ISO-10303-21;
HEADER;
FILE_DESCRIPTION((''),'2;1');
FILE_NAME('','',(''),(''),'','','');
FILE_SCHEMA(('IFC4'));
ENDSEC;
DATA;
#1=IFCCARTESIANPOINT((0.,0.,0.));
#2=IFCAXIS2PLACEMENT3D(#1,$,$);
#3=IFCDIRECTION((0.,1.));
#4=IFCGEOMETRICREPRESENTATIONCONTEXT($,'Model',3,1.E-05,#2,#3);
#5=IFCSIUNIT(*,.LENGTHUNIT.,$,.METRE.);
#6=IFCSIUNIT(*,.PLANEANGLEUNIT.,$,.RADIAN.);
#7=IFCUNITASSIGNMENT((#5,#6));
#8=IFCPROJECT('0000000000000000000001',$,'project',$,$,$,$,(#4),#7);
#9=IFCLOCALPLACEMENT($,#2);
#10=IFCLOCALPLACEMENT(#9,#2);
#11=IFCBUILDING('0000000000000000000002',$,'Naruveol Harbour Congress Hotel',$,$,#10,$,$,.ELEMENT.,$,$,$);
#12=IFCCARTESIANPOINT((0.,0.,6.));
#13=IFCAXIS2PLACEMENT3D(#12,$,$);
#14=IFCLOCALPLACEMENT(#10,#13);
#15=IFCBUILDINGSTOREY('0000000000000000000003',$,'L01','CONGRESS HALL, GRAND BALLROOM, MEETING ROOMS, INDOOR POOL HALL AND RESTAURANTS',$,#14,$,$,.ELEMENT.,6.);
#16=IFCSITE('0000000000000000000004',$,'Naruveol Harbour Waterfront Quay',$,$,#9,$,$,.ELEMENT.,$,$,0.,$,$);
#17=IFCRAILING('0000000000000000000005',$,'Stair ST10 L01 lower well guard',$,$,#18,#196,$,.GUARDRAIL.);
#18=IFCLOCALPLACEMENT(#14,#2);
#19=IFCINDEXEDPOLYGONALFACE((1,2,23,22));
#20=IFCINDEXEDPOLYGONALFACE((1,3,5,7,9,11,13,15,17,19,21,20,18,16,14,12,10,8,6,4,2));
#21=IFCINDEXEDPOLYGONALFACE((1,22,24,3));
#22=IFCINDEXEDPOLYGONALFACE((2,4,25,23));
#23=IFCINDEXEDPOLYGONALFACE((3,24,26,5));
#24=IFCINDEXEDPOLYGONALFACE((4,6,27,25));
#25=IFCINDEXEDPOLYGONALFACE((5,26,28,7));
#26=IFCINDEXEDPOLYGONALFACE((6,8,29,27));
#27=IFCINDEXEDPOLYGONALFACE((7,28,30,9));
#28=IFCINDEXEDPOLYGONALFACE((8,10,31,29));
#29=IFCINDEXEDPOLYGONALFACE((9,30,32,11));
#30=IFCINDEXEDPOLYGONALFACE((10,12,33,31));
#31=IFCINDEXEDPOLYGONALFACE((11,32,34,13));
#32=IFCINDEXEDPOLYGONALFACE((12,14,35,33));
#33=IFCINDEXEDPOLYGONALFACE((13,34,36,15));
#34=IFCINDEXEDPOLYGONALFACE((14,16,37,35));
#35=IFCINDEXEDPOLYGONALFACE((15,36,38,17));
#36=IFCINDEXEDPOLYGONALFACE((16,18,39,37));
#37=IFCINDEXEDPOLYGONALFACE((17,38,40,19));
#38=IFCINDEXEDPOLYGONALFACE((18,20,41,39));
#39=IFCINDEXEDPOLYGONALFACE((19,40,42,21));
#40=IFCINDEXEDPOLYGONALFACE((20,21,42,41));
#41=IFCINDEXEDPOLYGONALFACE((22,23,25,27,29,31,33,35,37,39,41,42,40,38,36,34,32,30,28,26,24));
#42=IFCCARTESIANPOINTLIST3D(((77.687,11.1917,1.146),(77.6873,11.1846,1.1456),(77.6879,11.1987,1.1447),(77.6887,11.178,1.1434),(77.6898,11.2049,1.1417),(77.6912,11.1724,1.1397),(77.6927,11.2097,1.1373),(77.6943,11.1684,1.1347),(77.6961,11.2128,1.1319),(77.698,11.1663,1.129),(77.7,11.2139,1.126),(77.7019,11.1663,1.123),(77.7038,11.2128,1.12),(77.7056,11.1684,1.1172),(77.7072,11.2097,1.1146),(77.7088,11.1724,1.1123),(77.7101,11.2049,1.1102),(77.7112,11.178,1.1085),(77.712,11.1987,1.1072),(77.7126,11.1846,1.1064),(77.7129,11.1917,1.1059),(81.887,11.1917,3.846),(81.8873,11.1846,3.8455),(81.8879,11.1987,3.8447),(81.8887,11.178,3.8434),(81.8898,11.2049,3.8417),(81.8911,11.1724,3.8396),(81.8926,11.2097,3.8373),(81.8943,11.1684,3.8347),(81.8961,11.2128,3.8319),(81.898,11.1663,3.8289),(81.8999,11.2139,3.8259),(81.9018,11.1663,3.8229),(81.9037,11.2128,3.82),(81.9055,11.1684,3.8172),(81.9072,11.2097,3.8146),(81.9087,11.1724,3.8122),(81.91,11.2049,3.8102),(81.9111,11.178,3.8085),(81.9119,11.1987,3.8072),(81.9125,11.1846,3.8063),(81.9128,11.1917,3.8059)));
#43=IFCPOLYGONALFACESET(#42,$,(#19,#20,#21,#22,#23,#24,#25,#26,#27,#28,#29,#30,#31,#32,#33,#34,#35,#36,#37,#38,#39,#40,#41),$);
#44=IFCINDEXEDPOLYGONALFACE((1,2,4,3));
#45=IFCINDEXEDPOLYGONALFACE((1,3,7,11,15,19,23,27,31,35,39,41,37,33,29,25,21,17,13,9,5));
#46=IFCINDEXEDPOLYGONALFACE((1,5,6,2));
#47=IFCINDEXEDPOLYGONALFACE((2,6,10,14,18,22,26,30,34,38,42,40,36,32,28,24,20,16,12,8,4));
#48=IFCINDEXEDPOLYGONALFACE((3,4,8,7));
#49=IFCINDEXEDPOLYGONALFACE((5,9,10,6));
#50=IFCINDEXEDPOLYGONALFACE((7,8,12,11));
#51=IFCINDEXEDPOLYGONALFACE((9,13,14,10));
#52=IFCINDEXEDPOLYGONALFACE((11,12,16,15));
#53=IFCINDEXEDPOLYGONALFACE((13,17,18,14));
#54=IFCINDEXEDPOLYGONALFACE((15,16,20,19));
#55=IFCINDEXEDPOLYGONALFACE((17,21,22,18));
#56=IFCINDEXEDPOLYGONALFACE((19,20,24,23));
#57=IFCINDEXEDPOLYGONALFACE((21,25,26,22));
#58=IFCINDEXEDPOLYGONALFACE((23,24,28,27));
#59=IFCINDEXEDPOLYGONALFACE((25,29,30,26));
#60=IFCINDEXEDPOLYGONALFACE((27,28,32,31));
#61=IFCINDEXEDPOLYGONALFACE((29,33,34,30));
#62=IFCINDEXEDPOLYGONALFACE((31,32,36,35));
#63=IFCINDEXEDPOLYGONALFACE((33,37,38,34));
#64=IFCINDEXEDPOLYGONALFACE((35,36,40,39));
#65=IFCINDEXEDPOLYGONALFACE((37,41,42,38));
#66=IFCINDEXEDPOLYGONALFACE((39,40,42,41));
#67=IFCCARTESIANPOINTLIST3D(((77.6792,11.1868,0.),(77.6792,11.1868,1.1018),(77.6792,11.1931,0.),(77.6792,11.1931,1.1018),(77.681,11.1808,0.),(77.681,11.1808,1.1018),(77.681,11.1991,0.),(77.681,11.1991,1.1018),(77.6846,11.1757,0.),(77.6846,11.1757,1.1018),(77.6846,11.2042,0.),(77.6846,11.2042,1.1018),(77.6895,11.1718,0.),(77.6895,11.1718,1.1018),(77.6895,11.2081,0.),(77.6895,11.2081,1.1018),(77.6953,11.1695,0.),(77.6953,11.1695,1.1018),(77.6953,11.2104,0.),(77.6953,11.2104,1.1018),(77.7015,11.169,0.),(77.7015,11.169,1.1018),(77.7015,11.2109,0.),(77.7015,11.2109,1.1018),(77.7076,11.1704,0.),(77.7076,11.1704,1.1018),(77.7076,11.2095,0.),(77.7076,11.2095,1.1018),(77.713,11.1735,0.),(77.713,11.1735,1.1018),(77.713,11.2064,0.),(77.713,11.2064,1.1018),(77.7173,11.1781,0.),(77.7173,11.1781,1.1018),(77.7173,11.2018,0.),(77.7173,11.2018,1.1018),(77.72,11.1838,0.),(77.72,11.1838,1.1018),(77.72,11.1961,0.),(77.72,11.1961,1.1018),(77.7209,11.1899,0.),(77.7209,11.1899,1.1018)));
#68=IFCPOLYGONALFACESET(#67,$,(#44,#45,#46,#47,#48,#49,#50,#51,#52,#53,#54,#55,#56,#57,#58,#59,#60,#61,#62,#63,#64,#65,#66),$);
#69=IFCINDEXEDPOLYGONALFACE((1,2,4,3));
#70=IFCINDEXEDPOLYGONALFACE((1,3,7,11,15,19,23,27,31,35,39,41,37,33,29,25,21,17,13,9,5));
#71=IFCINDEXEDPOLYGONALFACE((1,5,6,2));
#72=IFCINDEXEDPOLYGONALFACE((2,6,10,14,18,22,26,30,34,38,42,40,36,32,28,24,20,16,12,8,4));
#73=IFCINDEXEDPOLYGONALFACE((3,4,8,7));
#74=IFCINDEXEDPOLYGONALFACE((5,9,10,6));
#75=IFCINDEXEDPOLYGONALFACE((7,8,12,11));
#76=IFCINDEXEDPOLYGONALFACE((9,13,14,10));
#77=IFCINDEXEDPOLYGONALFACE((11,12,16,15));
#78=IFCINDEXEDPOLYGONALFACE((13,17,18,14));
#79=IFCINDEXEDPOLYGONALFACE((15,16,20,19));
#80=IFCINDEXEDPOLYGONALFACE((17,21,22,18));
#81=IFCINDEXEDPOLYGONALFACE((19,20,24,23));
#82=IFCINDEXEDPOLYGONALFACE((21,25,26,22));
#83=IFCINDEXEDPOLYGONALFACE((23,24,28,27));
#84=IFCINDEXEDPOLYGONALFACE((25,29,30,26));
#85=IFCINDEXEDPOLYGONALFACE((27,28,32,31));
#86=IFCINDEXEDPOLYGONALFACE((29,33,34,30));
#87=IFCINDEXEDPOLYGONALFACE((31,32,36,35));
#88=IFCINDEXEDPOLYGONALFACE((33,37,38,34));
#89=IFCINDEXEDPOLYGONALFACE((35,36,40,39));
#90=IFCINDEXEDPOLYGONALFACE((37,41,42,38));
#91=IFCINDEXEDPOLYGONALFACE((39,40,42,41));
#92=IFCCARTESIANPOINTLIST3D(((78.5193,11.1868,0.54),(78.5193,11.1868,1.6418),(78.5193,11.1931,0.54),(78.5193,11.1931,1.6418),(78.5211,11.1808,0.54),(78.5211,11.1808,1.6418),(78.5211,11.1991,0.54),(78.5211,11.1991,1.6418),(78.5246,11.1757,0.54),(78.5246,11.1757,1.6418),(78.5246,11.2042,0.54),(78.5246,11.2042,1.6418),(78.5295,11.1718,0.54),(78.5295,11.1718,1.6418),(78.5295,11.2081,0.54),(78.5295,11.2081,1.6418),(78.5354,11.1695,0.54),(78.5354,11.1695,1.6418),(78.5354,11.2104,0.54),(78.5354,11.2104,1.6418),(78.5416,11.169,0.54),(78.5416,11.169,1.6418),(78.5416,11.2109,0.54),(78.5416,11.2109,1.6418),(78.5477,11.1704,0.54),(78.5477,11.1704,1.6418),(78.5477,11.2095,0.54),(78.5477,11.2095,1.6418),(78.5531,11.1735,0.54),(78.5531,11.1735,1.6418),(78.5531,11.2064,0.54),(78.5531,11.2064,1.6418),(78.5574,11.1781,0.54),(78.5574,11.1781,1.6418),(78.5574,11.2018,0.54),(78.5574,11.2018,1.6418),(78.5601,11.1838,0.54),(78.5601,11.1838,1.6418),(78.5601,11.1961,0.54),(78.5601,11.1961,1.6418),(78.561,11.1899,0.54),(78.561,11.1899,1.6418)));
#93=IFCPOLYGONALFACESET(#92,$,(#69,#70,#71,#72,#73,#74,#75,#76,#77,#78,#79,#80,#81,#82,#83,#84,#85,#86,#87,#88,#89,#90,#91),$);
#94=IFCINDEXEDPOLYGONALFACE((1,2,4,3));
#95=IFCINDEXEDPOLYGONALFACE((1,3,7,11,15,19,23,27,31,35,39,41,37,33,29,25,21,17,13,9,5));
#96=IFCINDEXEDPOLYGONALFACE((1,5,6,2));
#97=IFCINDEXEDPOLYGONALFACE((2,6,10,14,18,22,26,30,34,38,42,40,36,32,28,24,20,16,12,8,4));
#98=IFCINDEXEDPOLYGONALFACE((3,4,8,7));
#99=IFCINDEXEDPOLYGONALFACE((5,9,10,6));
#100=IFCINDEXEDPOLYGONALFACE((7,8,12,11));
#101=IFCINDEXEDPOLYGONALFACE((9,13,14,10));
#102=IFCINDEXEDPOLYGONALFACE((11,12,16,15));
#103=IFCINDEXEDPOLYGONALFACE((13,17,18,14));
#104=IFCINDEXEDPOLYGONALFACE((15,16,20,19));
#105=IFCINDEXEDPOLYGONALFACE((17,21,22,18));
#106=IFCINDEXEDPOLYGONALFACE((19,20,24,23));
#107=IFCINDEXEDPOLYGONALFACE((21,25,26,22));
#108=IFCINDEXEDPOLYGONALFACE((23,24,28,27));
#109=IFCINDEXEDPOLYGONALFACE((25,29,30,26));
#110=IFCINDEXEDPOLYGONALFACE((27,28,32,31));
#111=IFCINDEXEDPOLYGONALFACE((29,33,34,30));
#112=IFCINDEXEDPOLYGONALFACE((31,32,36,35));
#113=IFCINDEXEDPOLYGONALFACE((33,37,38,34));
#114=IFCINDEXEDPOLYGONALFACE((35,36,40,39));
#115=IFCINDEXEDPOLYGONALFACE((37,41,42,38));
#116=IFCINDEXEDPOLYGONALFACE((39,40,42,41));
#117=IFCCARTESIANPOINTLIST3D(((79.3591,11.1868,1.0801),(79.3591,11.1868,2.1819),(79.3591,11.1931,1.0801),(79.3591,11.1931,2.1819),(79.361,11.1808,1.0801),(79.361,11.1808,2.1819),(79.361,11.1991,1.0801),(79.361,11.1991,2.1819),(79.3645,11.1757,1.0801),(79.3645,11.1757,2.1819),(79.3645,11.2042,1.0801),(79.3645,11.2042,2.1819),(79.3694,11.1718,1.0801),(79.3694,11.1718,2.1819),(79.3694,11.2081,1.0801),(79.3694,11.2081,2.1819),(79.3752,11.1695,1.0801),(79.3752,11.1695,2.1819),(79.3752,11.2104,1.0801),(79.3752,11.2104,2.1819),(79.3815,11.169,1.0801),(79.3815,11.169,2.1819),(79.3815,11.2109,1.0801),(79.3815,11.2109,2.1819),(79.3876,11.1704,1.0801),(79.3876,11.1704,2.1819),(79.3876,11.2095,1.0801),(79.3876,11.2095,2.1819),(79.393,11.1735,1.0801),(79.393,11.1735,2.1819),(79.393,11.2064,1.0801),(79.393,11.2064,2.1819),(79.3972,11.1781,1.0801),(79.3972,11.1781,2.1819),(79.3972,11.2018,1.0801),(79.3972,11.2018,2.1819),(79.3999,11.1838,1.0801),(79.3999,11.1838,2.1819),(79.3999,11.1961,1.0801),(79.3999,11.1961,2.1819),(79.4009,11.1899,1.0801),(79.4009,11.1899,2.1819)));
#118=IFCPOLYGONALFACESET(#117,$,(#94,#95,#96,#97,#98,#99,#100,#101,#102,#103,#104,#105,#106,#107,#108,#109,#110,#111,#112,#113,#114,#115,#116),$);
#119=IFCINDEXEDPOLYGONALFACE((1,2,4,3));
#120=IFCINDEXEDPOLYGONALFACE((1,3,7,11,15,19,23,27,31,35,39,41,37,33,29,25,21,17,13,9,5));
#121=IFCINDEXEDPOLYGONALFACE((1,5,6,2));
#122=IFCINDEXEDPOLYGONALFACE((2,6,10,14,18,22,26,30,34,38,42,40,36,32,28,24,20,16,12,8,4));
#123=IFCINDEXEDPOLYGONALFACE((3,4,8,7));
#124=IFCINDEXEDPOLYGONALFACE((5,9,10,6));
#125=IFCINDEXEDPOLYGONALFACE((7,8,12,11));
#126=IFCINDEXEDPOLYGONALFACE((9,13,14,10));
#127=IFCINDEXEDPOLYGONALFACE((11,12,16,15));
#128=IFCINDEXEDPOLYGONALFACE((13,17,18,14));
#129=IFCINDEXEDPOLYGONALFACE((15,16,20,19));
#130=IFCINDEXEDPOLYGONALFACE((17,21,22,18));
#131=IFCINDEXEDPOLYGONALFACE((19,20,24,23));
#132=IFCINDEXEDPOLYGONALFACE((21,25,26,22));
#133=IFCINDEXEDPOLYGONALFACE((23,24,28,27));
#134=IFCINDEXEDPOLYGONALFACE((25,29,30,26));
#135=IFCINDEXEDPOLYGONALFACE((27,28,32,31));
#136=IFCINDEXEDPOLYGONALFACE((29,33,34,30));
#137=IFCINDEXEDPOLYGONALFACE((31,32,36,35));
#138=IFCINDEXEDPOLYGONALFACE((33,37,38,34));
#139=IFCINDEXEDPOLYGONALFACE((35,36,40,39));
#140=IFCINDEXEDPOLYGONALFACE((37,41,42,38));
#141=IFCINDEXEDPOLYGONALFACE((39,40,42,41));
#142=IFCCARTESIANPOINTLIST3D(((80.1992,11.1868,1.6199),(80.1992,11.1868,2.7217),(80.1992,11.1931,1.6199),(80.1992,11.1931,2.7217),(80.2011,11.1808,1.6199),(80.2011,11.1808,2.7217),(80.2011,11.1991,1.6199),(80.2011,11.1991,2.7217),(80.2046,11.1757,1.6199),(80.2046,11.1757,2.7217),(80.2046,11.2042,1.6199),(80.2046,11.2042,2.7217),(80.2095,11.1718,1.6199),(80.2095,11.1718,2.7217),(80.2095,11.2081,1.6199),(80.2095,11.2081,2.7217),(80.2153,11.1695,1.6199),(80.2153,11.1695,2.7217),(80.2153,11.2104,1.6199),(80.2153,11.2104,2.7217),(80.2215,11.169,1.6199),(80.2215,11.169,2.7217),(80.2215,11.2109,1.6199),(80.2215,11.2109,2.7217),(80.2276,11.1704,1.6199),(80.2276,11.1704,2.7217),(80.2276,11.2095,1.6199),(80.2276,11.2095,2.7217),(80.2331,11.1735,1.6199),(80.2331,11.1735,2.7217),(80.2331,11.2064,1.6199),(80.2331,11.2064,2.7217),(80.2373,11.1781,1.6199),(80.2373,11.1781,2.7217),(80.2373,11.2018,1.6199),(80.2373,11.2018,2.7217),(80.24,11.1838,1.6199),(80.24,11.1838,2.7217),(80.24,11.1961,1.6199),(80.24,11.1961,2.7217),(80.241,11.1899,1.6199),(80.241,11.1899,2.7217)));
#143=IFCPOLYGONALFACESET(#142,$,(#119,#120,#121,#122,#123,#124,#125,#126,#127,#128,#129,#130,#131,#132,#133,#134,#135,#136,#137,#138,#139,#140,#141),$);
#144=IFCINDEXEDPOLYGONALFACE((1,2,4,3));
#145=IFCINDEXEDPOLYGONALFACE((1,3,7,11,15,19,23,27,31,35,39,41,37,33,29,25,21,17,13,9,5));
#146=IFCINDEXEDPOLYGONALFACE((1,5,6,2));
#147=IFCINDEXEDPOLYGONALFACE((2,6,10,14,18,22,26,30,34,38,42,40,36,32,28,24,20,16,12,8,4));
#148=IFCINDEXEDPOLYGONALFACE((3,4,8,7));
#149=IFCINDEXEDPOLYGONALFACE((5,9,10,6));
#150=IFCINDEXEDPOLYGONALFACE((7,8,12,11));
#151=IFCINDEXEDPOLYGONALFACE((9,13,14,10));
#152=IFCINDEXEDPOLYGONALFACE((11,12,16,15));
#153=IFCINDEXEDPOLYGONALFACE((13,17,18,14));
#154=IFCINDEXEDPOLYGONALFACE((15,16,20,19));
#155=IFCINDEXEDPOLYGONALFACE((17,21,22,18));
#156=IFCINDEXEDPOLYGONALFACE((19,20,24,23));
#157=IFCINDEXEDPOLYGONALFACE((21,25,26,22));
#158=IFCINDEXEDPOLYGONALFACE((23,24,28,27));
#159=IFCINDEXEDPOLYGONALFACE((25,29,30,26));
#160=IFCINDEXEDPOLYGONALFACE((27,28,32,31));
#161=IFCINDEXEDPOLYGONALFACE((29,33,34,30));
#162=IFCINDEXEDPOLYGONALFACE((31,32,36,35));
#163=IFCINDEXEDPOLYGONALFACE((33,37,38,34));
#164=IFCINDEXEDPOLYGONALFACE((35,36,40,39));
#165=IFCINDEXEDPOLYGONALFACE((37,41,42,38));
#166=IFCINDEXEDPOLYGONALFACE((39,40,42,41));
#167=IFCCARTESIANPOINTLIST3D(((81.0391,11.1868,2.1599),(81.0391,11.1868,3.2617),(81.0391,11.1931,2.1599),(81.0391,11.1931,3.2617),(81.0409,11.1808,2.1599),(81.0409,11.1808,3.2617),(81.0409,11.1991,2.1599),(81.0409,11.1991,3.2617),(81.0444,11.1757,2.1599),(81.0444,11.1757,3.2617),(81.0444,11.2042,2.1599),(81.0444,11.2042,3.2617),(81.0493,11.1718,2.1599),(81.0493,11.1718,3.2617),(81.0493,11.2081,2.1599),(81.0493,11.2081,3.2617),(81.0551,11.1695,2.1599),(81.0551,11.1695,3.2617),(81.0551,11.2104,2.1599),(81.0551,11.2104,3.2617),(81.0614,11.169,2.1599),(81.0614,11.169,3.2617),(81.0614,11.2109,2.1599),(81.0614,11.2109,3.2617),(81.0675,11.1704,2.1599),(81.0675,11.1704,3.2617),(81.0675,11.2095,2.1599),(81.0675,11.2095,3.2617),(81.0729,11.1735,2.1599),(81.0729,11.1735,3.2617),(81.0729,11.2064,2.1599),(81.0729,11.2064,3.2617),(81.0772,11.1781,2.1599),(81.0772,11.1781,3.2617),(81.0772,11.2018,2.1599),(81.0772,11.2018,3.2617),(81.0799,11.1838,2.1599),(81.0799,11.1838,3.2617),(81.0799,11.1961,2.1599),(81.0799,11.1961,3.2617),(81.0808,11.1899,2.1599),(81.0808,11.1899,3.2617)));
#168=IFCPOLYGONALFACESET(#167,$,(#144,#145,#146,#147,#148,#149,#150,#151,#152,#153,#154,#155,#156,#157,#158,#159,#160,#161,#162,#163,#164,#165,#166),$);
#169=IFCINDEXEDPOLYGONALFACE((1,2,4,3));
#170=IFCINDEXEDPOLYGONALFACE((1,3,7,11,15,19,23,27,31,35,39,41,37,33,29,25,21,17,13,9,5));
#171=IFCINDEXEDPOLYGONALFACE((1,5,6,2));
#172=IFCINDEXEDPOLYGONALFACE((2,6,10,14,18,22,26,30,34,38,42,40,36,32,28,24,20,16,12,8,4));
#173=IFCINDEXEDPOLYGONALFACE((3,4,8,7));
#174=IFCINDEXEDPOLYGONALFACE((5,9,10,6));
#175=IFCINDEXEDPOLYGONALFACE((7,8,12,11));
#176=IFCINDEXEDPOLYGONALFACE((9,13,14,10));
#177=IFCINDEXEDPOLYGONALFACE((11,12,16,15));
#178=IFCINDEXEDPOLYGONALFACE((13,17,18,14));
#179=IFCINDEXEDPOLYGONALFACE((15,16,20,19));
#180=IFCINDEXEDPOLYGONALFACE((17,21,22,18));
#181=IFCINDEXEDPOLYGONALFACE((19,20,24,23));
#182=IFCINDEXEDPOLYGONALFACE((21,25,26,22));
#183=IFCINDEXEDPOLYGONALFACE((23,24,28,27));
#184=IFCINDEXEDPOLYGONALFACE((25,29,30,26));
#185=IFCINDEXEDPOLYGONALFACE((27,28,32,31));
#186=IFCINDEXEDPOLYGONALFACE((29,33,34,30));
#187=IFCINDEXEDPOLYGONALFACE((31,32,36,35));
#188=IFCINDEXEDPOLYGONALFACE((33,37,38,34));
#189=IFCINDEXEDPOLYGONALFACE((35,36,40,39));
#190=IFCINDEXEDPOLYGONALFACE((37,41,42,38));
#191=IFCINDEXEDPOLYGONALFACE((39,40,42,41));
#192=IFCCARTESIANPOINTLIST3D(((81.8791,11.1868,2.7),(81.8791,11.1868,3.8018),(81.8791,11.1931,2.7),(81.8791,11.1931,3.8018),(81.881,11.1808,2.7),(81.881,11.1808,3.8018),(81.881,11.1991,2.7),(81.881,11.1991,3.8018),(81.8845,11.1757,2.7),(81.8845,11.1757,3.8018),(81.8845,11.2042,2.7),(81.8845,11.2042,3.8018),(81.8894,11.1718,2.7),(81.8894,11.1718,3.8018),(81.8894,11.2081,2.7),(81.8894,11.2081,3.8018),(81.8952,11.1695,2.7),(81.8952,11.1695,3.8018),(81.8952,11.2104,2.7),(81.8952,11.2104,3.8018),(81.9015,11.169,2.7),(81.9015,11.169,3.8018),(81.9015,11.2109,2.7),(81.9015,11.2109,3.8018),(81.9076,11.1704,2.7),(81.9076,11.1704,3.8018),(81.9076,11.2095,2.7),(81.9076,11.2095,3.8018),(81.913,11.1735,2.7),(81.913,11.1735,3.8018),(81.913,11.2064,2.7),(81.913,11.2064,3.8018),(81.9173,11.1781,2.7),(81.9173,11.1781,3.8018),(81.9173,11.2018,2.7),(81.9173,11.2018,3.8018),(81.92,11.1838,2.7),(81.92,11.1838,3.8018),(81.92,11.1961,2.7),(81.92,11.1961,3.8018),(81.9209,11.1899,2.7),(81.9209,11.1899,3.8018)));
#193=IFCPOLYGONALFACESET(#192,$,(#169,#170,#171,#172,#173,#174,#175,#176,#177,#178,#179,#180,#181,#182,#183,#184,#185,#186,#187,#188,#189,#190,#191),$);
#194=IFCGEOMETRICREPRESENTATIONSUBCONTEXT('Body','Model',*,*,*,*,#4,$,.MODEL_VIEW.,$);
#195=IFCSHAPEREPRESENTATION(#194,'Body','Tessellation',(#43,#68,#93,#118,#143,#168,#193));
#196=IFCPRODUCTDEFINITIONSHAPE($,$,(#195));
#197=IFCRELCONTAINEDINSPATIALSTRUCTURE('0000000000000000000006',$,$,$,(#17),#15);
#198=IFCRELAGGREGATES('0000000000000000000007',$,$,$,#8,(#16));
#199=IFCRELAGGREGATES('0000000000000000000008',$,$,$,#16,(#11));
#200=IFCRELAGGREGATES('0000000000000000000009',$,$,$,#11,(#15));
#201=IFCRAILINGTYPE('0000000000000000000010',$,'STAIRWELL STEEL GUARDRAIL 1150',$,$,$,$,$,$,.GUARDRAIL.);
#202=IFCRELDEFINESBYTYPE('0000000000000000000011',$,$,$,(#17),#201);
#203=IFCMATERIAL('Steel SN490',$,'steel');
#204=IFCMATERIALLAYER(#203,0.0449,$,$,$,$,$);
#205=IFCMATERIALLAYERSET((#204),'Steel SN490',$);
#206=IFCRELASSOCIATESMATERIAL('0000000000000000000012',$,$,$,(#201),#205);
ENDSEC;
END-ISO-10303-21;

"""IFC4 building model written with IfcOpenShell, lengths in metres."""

from ifc_helpers import new_model, si_unit, direction, frame, origin, origin_2d, place, context, subcontext, project, spatial, circle, extrude, material, layer, layer_set, type_object, element, save


model = new_model("IFC4")

# Units and contexts
model_context = context("Model", 3, precision=1e-05, world=origin(), true_north=direction((0.0, 1.0)))
body_context = subcontext(model_context, "Body", "Model", "MODEL_VIEW")
ifc_project = project(units=[si_unit("LENGTHUNIT", "METRE"), si_unit("PLANEANGLEUNIT", "RADIAN")], contexts=[model_context])

# Site, building, storey
site_placement = place(None, origin())
site = spatial("IfcSite", under=ifc_project, at=site_placement, Name="Naruveol Harbour Waterfront Quay", CompositionType="ELEMENT", RefElevation=0.0)
building_placement = place(site_placement, origin())
building = spatial("IfcBuilding", under=site, at=building_placement, Name="Naruveol Harbour Congress Hotel", CompositionType="ELEMENT")
storey_placement = place(building_placement, frame((0.0, 0.0, 6.0)))
storey = spatial("IfcBuildingStorey", under=building, at=storey_placement, Name="L01", Description="CONGRESS HALL, GRAND BALLROOM, MEETING ROOMS, INDOOR POOL HALL AND RESTAURANTS", CompositionType="ELEMENT", Elevation=6.0)

# Railing
ifc_material_1 = material(Name="Steel SN490", Category="steel")
ifc_layer_1 = layer(ifc_material_1, 0.0449)
ifc_layer_set_1 = layer_set([ifc_layer_1], Name="Steel SN490")
railing_type_1 = type_object("IfcRailingType", Name="STAIRWELL STEEL GUARDRAIL 1150", PredefinedType="GUARDRAIL", material=ifc_layer_set_1)
railing_1_placement = place(storey_placement, frame((77.7, 11.1899, 0.0)))
element("IfcRailing", 1, at=railing_1_placement, inside=storey, type_object=railing_type_1, Name="Stair ST10 L01 lower well guard", PredefinedType="GUARDRAIL", context=body_context, shape_type="SweptSolid", body=[
    extrude(circle(Radius=0.0239, at=origin_2d()), frame((0.0, 0.0, 1.126), z_axis=(0.84118, 0.0, 0.540755), x_axis=(0.0, 1.0, 0.0)), (0.0, 0.0, 1.0), 4.9929),
    extrude(circle(Radius=0.021, at=origin_2d()), origin(), (0.0, 0.0, 1.0), 1.1018),
    extrude(circle(Radius=0.021, at=origin_2d()), frame((0.8401, 0.0, 0.54)), (0.0, 0.0, 1.0), 1.1018),
    extrude(circle(Radius=0.021, at=origin_2d()), frame((1.6799, 0.0, 1.0801)), (0.0, 0.0, 1.0), 1.1018),
    extrude(circle(Radius=0.021, at=origin_2d()), frame((2.52, 0.0, 1.6199)), (0.0, 0.0, 1.0), 1.1018),
    extrude(circle(Radius=0.021, at=origin_2d()), frame((3.3599, 0.0, 2.1599)), (0.0, 0.0, 1.0), 1.1018),
    extrude(circle(Radius=0.021, at=origin_2d()), frame((4.2, 0.0, 2.7)), (0.0, 0.0, 1.0), 1.1018),
])

save(model, "model.ifc")
